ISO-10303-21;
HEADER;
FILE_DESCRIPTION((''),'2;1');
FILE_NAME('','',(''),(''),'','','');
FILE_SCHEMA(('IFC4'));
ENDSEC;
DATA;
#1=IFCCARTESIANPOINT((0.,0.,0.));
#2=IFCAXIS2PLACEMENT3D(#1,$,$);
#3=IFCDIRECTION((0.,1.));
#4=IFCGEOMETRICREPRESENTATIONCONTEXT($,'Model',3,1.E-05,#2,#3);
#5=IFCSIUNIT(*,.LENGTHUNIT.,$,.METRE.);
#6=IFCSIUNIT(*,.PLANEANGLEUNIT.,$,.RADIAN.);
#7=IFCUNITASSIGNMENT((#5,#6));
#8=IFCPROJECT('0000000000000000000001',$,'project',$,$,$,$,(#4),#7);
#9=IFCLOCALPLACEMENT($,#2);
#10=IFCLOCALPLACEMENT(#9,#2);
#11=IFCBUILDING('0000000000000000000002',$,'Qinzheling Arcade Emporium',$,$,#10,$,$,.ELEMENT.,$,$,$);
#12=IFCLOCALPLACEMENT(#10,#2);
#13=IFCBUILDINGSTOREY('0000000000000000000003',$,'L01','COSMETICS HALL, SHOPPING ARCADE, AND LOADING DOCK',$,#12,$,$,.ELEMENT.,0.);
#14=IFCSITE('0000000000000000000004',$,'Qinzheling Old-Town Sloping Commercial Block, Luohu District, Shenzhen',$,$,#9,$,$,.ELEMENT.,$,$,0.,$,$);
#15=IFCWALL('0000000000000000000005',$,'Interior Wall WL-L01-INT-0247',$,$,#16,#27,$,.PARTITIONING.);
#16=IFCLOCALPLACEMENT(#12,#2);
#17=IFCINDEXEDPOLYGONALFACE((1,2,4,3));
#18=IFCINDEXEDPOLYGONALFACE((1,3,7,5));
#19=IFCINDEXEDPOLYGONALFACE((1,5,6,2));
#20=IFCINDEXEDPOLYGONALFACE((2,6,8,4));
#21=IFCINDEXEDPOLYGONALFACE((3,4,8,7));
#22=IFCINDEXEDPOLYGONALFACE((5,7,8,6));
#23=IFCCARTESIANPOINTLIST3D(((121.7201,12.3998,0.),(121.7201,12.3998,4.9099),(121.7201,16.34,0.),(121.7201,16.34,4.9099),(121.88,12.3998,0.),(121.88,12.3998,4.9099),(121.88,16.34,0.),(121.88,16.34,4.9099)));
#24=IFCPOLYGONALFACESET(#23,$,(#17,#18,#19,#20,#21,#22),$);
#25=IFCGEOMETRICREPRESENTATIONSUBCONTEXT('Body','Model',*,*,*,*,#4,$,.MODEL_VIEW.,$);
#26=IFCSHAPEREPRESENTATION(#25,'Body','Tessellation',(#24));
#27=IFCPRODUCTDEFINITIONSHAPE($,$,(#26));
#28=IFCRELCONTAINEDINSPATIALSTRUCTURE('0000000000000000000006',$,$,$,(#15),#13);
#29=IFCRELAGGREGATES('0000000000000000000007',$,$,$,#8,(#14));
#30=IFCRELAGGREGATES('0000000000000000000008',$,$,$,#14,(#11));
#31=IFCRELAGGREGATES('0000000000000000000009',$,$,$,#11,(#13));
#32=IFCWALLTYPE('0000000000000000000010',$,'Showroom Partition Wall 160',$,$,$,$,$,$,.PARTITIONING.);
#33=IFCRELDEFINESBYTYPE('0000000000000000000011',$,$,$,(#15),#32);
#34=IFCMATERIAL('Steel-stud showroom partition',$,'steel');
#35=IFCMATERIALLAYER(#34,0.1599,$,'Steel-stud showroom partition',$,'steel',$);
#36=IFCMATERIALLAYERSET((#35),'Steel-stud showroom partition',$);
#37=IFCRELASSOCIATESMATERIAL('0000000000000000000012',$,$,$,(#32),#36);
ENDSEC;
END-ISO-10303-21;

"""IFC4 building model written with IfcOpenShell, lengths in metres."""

from ifc_helpers import new_model, si_unit, direction, frame, frame_2d, origin, place, context, subcontext, project, spatial, rectangle, extrude, material, layer, layer_set, type_object, element, save


model = new_model("IFC4")

# Units and contexts
model_context = context("Model", 3, precision=1e-05, world=origin(), true_north=direction((0.0, 1.0)))
body_context = subcontext(model_context, "Body", "Model", "MODEL_VIEW")
ifc_project = project(units=[si_unit("LENGTHUNIT", "METRE"), si_unit("PLANEANGLEUNIT", "RADIAN")], contexts=[model_context])

# Site, building, storey
site_placement = place(None, origin())
site = spatial("IfcSite", under=ifc_project, at=site_placement, Name="Qinzheling Old-Town Sloping Commercial Block, Luohu District, Shenzhen", CompositionType="ELEMENT", RefElevation=0.0)
building_placement = place(site_placement, origin())
building = spatial("IfcBuilding", under=site, at=building_placement, Name="Qinzheling Arcade Emporium", CompositionType="ELEMENT")
storey_placement = place(building_placement, origin())
storey = spatial("IfcBuildingStorey", under=building, at=storey_placement, Name="L01", Description="COSMETICS HALL, SHOPPING ARCADE, AND LOADING DOCK", CompositionType="ELEMENT", Elevation=0.0)

# Wall
ifc_material_1 = material(Name="Steel-stud showroom partition", Category="steel")
ifc_layer_1 = layer(ifc_material_1, 0.1599, Name="Steel-stud showroom partition", Category="steel")
ifc_layer_set_1 = layer_set([ifc_layer_1], Name="Steel-stud showroom partition")
wall_type_1 = type_object("IfcWallType", Name="Showroom Partition Wall 160", PredefinedType="PARTITIONING", material=ifc_layer_set_1)
wall_1_placement = place(storey_placement, frame((121.8, 16.3401, 0.0), z_axis=(0.0, 0.0, 1.0), x_axis=(0.0, -1.0, 0.0)))
element("IfcWall", 1, at=wall_1_placement, inside=storey, type_object=wall_type_1, Name="Interior Wall WL-L01-INT-0247", PredefinedType="PARTITIONING", context=body_context, shape_type="SweptSolid", body=[
    extrude(rectangle(XDim=3.9402, YDim=0.1599, at=frame_2d((1.9702, 0.0))), origin(), (0.0, 0.0, 1.0), 4.9099),
])

save(model, "model.ifc")
